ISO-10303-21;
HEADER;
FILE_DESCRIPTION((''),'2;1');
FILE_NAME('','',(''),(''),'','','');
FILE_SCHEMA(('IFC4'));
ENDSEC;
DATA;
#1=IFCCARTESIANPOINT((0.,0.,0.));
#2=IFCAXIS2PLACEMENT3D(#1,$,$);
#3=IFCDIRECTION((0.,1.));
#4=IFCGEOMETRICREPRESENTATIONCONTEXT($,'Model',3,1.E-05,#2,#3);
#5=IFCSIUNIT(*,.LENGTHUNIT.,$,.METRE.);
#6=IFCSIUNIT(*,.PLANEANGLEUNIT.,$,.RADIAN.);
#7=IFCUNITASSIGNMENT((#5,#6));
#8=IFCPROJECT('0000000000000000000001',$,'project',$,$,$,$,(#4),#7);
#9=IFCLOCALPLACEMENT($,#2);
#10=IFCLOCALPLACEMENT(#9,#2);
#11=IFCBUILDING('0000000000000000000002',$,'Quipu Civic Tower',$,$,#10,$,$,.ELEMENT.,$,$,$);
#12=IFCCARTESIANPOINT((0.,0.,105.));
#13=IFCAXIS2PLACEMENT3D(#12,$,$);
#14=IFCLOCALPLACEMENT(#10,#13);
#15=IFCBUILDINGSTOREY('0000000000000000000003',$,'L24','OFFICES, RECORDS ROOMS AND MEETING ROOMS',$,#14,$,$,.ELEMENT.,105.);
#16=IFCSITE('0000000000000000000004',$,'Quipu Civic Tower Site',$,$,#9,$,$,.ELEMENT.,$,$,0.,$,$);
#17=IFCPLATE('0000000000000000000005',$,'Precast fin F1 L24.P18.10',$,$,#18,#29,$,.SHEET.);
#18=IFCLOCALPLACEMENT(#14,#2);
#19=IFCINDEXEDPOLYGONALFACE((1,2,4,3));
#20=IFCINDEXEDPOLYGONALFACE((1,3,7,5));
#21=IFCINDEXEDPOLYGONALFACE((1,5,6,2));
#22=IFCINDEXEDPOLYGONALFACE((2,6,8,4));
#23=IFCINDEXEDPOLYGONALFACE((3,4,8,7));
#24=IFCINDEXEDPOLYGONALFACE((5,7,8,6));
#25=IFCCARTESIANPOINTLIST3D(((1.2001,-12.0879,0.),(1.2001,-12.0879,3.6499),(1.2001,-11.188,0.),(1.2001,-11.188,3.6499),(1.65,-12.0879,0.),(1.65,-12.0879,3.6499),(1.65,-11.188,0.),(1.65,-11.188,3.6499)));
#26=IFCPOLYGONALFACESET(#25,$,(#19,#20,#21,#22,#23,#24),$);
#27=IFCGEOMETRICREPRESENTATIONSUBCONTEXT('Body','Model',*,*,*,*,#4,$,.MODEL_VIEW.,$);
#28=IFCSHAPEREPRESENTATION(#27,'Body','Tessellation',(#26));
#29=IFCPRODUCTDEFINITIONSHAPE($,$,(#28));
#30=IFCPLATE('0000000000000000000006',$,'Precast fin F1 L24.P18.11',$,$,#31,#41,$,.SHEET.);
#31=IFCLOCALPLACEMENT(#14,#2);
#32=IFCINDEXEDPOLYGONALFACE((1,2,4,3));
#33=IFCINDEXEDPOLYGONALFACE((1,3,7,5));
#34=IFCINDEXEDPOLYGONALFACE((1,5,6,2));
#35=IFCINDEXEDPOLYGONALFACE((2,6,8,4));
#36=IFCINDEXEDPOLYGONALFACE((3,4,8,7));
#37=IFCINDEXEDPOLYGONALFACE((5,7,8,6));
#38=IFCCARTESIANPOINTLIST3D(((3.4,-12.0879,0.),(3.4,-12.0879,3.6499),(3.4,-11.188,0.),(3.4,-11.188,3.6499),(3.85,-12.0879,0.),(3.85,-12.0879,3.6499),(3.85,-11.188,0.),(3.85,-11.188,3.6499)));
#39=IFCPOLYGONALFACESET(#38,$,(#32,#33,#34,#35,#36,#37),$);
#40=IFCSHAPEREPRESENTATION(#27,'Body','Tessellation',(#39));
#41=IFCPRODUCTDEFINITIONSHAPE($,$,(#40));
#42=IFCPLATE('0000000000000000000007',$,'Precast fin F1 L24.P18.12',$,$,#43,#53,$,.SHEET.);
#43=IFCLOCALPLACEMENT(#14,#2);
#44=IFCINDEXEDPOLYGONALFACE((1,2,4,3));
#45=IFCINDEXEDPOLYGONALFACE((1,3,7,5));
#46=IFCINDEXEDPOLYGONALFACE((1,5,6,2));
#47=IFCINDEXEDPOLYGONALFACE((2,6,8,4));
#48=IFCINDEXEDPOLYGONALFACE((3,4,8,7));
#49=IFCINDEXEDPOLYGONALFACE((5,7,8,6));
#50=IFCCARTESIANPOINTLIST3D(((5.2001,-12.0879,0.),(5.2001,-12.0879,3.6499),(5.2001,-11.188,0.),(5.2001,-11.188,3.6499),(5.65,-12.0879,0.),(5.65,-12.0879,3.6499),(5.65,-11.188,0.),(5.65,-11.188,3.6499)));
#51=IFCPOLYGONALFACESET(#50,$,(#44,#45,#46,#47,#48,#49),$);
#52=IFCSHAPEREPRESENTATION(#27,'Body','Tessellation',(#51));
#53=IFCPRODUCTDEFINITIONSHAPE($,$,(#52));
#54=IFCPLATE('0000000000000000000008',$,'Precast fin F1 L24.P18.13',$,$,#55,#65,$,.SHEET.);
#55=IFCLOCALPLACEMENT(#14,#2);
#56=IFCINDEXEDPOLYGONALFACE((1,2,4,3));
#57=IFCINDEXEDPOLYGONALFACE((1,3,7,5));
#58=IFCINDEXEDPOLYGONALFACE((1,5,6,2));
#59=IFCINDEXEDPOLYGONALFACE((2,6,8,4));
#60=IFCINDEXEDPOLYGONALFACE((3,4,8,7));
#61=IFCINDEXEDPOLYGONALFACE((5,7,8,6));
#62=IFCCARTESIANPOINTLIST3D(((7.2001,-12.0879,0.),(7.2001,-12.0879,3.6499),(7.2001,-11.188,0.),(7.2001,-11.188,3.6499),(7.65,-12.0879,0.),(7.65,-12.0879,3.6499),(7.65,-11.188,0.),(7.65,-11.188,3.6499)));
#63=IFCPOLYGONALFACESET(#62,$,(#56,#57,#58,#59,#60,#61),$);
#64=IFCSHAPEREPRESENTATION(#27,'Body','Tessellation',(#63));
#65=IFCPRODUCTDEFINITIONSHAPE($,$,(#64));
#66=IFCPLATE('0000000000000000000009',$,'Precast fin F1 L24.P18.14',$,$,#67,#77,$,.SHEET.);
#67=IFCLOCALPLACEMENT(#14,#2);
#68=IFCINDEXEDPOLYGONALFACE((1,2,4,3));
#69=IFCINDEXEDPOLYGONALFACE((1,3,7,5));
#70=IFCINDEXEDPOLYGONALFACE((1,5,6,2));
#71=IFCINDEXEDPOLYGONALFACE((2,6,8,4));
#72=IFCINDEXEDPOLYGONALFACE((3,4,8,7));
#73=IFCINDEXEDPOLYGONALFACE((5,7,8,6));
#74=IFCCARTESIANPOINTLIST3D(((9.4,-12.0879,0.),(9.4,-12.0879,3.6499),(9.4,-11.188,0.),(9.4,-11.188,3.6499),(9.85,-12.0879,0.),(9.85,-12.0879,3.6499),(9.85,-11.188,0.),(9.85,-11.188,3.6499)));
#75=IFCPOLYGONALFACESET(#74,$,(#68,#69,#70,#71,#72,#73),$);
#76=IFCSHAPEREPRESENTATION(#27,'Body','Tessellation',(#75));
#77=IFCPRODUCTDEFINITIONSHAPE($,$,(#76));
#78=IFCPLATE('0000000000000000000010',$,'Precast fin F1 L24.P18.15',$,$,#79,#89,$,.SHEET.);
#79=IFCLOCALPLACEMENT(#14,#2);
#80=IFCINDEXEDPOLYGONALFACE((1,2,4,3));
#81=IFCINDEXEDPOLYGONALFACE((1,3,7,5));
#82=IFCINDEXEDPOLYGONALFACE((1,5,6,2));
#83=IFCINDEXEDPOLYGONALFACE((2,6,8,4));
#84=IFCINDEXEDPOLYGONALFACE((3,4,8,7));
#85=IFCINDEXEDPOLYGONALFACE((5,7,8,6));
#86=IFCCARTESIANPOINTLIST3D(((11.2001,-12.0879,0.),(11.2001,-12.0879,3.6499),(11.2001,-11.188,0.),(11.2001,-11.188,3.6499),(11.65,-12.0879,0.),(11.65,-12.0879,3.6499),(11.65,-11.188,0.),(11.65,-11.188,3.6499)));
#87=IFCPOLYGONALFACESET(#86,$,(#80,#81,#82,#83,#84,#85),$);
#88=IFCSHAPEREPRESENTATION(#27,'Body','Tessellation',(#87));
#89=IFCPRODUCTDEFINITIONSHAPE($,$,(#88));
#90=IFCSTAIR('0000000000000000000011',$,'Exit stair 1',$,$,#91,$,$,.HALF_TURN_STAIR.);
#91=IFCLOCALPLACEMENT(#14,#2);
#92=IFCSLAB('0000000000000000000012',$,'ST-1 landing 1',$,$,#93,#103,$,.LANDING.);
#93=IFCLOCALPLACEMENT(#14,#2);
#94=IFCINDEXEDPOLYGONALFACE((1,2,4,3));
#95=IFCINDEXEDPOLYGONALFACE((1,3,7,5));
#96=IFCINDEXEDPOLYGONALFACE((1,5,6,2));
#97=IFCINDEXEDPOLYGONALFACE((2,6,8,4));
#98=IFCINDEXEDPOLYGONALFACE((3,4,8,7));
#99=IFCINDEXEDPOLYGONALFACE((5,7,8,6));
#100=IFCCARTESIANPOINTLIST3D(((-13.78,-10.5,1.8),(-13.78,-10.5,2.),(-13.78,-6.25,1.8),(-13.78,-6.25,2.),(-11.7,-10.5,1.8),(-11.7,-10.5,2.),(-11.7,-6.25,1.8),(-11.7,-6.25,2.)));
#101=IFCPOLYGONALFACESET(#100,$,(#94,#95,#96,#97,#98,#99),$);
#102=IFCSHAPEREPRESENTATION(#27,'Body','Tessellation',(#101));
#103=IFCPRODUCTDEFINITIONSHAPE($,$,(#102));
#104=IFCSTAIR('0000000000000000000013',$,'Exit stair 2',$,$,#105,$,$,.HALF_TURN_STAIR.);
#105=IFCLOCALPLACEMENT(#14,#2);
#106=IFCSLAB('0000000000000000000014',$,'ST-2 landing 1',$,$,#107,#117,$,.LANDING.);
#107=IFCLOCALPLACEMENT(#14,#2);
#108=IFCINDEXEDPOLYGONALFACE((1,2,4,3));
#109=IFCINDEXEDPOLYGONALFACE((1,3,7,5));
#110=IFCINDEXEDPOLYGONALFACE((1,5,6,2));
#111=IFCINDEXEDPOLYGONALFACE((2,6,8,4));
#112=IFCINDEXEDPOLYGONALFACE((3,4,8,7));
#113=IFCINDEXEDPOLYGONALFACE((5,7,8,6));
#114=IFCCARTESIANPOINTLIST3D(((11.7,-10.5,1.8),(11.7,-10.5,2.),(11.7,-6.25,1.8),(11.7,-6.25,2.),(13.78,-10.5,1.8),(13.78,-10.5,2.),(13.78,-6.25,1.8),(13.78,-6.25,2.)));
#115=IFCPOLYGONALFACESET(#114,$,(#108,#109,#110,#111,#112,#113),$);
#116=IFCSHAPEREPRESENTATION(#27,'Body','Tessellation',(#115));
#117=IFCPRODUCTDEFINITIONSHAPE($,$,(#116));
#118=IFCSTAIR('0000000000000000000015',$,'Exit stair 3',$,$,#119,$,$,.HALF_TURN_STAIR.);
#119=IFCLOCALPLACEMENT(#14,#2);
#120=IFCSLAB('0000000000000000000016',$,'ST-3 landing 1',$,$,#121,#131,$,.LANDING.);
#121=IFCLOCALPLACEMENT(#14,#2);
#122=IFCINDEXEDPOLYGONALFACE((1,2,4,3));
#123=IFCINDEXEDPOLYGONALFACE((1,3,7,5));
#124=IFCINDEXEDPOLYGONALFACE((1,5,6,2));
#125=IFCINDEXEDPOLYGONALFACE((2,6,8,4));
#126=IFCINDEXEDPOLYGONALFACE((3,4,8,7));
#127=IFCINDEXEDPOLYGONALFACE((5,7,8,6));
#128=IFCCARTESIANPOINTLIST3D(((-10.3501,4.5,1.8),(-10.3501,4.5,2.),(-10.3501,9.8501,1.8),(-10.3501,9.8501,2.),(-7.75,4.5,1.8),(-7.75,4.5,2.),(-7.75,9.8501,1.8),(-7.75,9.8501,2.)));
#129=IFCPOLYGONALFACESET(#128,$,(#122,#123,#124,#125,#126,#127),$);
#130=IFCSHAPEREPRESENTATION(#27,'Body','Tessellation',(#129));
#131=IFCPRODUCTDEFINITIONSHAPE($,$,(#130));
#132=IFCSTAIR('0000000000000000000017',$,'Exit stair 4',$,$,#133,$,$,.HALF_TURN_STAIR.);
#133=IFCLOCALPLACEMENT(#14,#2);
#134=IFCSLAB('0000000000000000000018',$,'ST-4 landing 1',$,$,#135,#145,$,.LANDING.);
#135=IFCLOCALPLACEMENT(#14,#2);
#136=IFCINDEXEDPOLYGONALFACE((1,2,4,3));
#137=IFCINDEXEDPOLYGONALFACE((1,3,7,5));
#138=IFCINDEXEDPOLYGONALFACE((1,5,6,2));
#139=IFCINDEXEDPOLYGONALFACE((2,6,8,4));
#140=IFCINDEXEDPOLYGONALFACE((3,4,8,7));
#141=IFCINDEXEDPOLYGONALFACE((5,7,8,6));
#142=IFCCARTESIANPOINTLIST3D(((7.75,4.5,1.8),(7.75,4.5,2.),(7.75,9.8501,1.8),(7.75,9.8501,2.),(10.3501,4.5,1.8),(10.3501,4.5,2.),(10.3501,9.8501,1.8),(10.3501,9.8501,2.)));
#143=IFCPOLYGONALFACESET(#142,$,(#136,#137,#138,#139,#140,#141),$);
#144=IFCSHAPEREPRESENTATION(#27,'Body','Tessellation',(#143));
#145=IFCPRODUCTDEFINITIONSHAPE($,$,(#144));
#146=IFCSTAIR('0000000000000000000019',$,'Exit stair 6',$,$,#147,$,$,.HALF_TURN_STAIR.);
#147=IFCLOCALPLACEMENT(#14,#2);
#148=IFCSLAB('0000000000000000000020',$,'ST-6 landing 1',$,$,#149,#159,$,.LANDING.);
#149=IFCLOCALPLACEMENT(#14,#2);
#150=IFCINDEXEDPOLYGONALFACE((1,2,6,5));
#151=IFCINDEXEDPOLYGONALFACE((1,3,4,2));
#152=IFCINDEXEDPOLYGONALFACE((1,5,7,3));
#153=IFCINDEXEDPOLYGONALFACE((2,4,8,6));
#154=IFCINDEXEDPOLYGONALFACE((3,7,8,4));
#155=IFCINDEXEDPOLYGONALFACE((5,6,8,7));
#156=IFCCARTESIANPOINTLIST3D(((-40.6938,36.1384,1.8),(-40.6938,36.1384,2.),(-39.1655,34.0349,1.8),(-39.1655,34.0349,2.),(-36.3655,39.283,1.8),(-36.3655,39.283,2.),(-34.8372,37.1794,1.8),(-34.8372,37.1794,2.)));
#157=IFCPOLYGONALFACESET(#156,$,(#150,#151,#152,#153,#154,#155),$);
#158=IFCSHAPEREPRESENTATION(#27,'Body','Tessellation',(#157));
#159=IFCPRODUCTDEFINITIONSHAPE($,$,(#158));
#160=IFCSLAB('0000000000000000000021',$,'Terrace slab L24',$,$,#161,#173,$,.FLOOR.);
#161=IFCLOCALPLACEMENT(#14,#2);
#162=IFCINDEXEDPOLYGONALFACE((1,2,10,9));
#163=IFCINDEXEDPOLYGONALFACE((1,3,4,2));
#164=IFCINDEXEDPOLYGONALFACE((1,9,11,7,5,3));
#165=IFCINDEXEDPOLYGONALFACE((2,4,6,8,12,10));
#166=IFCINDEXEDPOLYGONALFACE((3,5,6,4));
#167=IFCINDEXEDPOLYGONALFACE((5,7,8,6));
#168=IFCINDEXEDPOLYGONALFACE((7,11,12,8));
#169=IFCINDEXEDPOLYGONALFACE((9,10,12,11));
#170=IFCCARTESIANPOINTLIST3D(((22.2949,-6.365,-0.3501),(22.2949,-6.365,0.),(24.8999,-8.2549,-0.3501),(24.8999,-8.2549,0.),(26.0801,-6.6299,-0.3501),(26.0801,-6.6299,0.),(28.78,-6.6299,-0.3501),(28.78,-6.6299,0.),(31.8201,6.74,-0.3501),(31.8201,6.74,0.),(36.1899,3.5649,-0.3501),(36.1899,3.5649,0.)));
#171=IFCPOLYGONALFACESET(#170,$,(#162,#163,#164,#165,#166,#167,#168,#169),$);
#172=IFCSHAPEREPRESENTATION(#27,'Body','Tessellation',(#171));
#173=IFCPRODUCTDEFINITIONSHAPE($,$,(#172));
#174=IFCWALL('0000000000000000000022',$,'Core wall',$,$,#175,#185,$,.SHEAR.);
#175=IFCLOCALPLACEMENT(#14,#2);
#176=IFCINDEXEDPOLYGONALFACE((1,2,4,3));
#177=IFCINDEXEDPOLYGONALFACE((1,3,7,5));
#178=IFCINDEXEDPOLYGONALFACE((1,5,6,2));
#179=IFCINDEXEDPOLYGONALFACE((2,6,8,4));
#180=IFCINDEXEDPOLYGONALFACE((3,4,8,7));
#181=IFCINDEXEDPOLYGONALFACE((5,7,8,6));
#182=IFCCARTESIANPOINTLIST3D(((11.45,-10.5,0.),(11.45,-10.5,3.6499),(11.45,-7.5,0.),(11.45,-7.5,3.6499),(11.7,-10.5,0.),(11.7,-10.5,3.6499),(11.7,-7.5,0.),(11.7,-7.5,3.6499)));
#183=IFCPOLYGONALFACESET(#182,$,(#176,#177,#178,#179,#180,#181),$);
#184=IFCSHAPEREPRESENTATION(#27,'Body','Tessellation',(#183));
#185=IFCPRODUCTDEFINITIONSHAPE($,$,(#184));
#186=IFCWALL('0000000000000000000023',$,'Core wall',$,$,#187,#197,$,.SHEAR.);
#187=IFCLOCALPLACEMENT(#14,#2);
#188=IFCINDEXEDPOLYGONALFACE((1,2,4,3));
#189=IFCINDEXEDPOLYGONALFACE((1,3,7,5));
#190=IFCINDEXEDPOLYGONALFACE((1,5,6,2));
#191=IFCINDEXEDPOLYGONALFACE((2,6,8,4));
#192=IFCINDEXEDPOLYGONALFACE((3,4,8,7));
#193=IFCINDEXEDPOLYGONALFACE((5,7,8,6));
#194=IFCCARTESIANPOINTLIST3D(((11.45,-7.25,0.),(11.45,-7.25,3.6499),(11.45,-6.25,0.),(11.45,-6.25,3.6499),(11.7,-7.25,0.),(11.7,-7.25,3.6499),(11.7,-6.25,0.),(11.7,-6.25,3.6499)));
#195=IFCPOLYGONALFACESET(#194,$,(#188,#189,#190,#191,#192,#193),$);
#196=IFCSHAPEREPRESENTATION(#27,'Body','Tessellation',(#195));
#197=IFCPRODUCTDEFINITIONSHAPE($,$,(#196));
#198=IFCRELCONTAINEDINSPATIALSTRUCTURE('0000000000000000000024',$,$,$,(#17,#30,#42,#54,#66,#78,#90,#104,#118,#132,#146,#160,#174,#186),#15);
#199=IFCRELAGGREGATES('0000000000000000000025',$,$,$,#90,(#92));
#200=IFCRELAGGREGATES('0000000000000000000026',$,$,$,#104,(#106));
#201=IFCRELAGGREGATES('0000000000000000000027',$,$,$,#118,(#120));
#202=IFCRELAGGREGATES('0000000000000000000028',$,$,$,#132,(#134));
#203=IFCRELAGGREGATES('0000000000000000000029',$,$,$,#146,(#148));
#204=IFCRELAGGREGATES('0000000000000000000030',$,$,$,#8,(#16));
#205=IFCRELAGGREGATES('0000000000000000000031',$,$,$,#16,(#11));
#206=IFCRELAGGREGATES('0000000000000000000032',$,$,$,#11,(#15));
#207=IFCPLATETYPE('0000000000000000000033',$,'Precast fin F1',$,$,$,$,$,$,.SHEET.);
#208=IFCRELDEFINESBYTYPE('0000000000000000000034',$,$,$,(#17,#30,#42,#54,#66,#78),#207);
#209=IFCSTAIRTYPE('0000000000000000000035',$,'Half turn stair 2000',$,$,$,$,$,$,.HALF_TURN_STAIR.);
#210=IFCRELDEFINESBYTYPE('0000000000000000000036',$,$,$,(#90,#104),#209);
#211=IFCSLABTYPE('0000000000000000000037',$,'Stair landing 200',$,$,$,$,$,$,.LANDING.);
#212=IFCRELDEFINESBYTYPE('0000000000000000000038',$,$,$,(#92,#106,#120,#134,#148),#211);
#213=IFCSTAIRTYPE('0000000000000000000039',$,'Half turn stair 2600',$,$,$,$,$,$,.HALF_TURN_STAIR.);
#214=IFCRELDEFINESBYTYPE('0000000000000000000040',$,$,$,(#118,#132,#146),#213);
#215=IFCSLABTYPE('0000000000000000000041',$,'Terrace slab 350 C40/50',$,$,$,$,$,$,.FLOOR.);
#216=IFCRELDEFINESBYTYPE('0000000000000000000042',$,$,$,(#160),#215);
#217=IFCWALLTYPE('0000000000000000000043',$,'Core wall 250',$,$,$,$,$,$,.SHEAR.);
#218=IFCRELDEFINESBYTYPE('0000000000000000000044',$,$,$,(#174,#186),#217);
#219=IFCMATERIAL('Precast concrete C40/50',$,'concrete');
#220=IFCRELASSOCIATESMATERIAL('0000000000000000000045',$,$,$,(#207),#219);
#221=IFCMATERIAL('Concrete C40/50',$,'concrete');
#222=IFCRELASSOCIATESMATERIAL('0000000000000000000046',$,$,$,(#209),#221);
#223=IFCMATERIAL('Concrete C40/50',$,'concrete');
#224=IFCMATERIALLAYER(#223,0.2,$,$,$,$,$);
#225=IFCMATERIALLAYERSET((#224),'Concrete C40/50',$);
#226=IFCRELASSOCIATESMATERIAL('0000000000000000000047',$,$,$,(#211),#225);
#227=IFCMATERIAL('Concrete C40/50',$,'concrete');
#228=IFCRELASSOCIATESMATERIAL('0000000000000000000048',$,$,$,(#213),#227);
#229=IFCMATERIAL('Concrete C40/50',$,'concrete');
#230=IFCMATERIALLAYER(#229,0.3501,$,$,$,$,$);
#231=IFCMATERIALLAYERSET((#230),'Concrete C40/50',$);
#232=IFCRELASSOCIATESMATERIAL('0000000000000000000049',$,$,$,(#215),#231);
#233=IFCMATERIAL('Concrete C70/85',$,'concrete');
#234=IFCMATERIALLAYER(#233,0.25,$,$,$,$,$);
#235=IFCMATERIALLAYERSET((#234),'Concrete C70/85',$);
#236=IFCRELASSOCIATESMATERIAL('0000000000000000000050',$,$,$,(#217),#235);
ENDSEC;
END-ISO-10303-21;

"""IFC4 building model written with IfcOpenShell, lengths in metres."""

from ifc_helpers import new_model, si_unit, direction, frame, frame_2d, origin, origin_2d, place, context, subcontext, project, spatial, polyline, rectangle, outline, extrude, material, layer, layer_set, type_object, element, aggregate, save


model = new_model("IFC4")

# Units and contexts
model_context = context("Model", 3, precision=1e-05, world=origin(), true_north=direction((0.0, 1.0)))
body_context = subcontext(model_context, "Body", "Model", "MODEL_VIEW")
ifc_project = project(units=[si_unit("LENGTHUNIT", "METRE"), si_unit("PLANEANGLEUNIT", "RADIAN")], contexts=[model_context])

# Site, building, storey
site_placement = place(None, origin())
site = spatial("IfcSite", under=ifc_project, at=site_placement, Name="Quipu Civic Tower Site", CompositionType="ELEMENT", RefElevation=0.0)
building_placement = place(site_placement, origin())
building = spatial("IfcBuilding", under=site, at=building_placement, Name="Quipu Civic Tower", CompositionType="ELEMENT")
storey_placement = place(building_placement, frame((0.0, 0.0, 105.0)))
storey = spatial("IfcBuildingStorey", under=building, at=storey_placement, Name="L24", Description="OFFICES, RECORDS ROOMS AND MEETING ROOMS", CompositionType="ELEMENT", Elevation=105.0)

# Plates
ifc_material_1 = material(Name="Precast concrete C40/50", Category="concrete")
plate_type = type_object("IfcPlateType", Name="Precast fin F1", PredefinedType="SHEET", material=ifc_material_1)
for number, where, z_axis, x_axis, name in (
    (1, (1.425, -11.6379, 0.0), (0.0, 0.0, 1.0), (1.0, 0.0, 0.0), "Precast fin F1 L24.P18.10"),
    (2, (3.625, -11.6379, 0.0), (0.0, 0.0, 1.0), (1.0, 0.0, 0.0), "Precast fin F1 L24.P18.11"),
    (3, (5.425, -11.6379, 0.0), (0.0, 0.0, 1.0), (1.0, 0.0, 0.0), "Precast fin F1 L24.P18.12"),
    (4, (7.425, -11.6379, 0.0), (0.0, 0.0, 1.0), (1.0, 0.0, 0.0), "Precast fin F1 L24.P18.13"),
    (5, (9.625, -11.6379, 0.0), (0.0, 0.0, 1.0), (1.0, 0.0, 0.0), "Precast fin F1 L24.P18.14"),
    (6, (11.425, -11.6379, 0.0), (0.0, 0.0, 1.0), (1.0, 0.0, 0.0), "Precast fin F1 L24.P18.15"),
):
    element("IfcPlate", number, at=place(storey_placement, frame(where, z_axis=z_axis, x_axis=x_axis)), inside=storey, type_object=plate_type, Name=name, PredefinedType="SHEET", context=body_context, shape_type="SweptSolid", body=[
        extrude(rectangle(XDim=0.45, YDim=0.8999, at=origin_2d()), origin(), (0.0, 0.0, 1.0), 3.6499),
    ])

# Stairs, slabs
ifc_material_2 = material(Name="Concrete C40/50", Category="concrete")
stair_type_1 = type_object("IfcStairType", Name="Half turn stair 2000", PredefinedType="HALF_TURN_STAIR", material=ifc_material_2)
stair_1_placement = place(storey_placement, origin())
stair_1 = element("IfcStair", 7, at=stair_1_placement, inside=storey, type_object=stair_type_1, Name="Exit stair 1", PredefinedType="HALF_TURN_STAIR")
ifc_material_3 = material(Name="Concrete C40/50", Category="concrete")
ifc_layer_1 = layer(ifc_material_3, 0.2)
ifc_layer_set_1 = layer_set([ifc_layer_1], Name="Concrete C40/50")
slab_type_1 = type_object("IfcSlabType", Name="Stair landing 200", PredefinedType="LANDING", material=ifc_layer_set_1)
slab_1_placement = place(storey_placement, frame((0.0, 0.0, 1.8)))
slab_1 = element("IfcSlab", 8, at=slab_1_placement, type_object=slab_type_1, Name="ST-1 landing 1", PredefinedType="LANDING", context=body_context, shape_type="SweptSolid", body=[
    extrude(outline(polyline([(-13.78, -10.5), (-11.7, -10.5), (-11.7, -6.25), (-13.78, -6.25), (-13.78, -10.5)])), origin(), (0.0, 0.0, 1.0), 0.2),
])
aggregate(stair_1, [slab_1])
stair_2_placement = place(storey_placement, origin())
stair_2 = element("IfcStair", 9, at=stair_2_placement, inside=storey, type_object=stair_type_1, Name="Exit stair 2", PredefinedType="HALF_TURN_STAIR")
slab_2_placement = place(storey_placement, frame((0.0, 0.0, 1.8)))
slab_2 = element("IfcSlab", 10, at=slab_2_placement, type_object=slab_type_1, Name="ST-2 landing 1", PredefinedType="LANDING", context=body_context, shape_type="SweptSolid", body=[
    extrude(outline(polyline([(13.78, -6.25), (11.7, -6.25), (11.7, -10.5), (13.78, -10.5), (13.78, -6.25)])), origin(), (0.0, 0.0, 1.0), 0.2),
])
aggregate(stair_2, [slab_2])
ifc_material_4 = material(Name="Concrete C40/50", Category="concrete")
stair_type_2 = type_object("IfcStairType", Name="Half turn stair 2600", PredefinedType="HALF_TURN_STAIR", material=ifc_material_4)
stair_3_placement = place(storey_placement, origin())
stair_3 = element("IfcStair", 11, at=stair_3_placement, inside=storey, type_object=stair_type_2, Name="Exit stair 3", PredefinedType="HALF_TURN_STAIR")
slab_3_placement = place(storey_placement, frame((0.0, 0.0, 1.8)))
slab_3 = element("IfcSlab", 12, at=slab_3_placement, type_object=slab_type_1, Name="ST-3 landing 1", PredefinedType="LANDING", context=body_context, shape_type="SweptSolid", body=[
    extrude(outline(polyline([(-10.3501, 4.5), (-7.75, 4.5), (-7.75, 9.8501), (-10.3501, 9.8501), (-10.3501, 4.5)])), origin(), (0.0, 0.0, 1.0), 0.2),
])
aggregate(stair_3, [slab_3])
stair_4_placement = place(storey_placement, origin())
stair_4 = element("IfcStair", 13, at=stair_4_placement, inside=storey, type_object=stair_type_2, Name="Exit stair 4", PredefinedType="HALF_TURN_STAIR")
slab_4_placement = place(storey_placement, frame((0.0, 0.0, 1.8)))
slab_4 = element("IfcSlab", 14, at=slab_4_placement, type_object=slab_type_1, Name="ST-4 landing 1", PredefinedType="LANDING", context=body_context, shape_type="SweptSolid", body=[
    extrude(outline(polyline([(10.3501, 9.8501), (7.75, 9.8501), (7.75, 4.5), (10.3501, 4.5), (10.3501, 9.8501)])), origin(), (0.0, 0.0, 1.0), 0.2),
])
aggregate(stair_4, [slab_4])
stair_5_placement = place(storey_placement, origin())
stair_5 = element("IfcStair", 15, at=stair_5_placement, inside=storey, type_object=stair_type_2, Name="Exit stair 6", PredefinedType="HALF_TURN_STAIR")
slab_5_placement = place(storey_placement, frame((0.0, 0.0, 1.8)))
slab_5 = element("IfcSlab", 16, at=slab_5_placement, type_object=slab_type_1, Name="ST-6 landing 1", PredefinedType="LANDING", context=body_context, shape_type="SweptSolid", body=[
    extrude(outline(polyline([(-34.8372, 37.1794), (-36.3655, 39.283), (-40.6938, 36.1384), (-39.1655, 34.0349), (-34.8372, 37.1794)])), origin(), (0.0, 0.0, 1.0), 0.2),
])
aggregate(stair_5, [slab_5])

# Slab
ifc_material_5 = material(Name="Concrete C40/50", Category="concrete")
ifc_layer_2 = layer(ifc_material_5, 0.3501)
ifc_layer_set_2 = layer_set([ifc_layer_2], Name="Concrete C40/50")
slab_type_2 = type_object("IfcSlabType", Name="Terrace slab 350 C40/50", PredefinedType="FLOOR", material=ifc_layer_set_2)
slab_6_placement = place(storey_placement, frame((0.0, 0.0, -0.3501)))
element("IfcSlab", 17, at=slab_6_placement, inside=storey, type_object=slab_type_2, Name="Terrace slab L24", PredefinedType="FLOOR", context=body_context, shape_type="SweptSolid", body=[
    extrude(outline(polyline([(36.1899, 3.5649), (28.78, -6.6299), (26.0801, -6.6299), (24.8999, -8.2549), (22.2949, -6.365), (31.8201, 6.74), (36.1899, 3.5649)])), origin(), (0.0, 0.0, 1.0), 0.3501),
])

# Walls
ifc_material_6 = material(Name="Concrete C70/85", Category="concrete")
ifc_layer_3 = layer(ifc_material_6, 0.25)
ifc_layer_set_3 = layer_set([ifc_layer_3], Name="Concrete C70/85")
wall_type_1 = type_object("IfcWallType", Name="Core wall 250", PredefinedType="SHEAR", material=ifc_layer_set_3)
wall_1_placement = place(storey_placement, frame((11.575, -10.5, 0.0), z_axis=(0.0, 0.0, 1.0), x_axis=(0.0, 1.0, 0.0)))
element("IfcWall", 18, at=wall_1_placement, inside=storey, type_object=wall_type_1, Name="Core wall", PredefinedType="SHEAR", context=body_context, shape_type="SweptSolid", body=[
    extrude(rectangle(XDim=3.0, YDim=0.25, at=frame_2d((1.5, 0.0))), origin(), (0.0, 0.0, 1.0), 3.6499),
])
wall_2_placement = place(storey_placement, frame((11.575, -7.25, 0.0), z_axis=(0.0, 0.0, 1.0), x_axis=(0.0, 1.0, 0.0)))
element("IfcWall", 19, at=wall_2_placement, inside=storey, type_object=wall_type_1, Name="Core wall", PredefinedType="SHEAR", context=body_context, shape_type="SweptSolid", body=[
    extrude(rectangle(XDim=1.0, YDim=0.25, at=frame_2d((0.5, 0.0))), origin(), (0.0, 0.0, 1.0), 3.6499),
])

save(model, "model.ifc")
